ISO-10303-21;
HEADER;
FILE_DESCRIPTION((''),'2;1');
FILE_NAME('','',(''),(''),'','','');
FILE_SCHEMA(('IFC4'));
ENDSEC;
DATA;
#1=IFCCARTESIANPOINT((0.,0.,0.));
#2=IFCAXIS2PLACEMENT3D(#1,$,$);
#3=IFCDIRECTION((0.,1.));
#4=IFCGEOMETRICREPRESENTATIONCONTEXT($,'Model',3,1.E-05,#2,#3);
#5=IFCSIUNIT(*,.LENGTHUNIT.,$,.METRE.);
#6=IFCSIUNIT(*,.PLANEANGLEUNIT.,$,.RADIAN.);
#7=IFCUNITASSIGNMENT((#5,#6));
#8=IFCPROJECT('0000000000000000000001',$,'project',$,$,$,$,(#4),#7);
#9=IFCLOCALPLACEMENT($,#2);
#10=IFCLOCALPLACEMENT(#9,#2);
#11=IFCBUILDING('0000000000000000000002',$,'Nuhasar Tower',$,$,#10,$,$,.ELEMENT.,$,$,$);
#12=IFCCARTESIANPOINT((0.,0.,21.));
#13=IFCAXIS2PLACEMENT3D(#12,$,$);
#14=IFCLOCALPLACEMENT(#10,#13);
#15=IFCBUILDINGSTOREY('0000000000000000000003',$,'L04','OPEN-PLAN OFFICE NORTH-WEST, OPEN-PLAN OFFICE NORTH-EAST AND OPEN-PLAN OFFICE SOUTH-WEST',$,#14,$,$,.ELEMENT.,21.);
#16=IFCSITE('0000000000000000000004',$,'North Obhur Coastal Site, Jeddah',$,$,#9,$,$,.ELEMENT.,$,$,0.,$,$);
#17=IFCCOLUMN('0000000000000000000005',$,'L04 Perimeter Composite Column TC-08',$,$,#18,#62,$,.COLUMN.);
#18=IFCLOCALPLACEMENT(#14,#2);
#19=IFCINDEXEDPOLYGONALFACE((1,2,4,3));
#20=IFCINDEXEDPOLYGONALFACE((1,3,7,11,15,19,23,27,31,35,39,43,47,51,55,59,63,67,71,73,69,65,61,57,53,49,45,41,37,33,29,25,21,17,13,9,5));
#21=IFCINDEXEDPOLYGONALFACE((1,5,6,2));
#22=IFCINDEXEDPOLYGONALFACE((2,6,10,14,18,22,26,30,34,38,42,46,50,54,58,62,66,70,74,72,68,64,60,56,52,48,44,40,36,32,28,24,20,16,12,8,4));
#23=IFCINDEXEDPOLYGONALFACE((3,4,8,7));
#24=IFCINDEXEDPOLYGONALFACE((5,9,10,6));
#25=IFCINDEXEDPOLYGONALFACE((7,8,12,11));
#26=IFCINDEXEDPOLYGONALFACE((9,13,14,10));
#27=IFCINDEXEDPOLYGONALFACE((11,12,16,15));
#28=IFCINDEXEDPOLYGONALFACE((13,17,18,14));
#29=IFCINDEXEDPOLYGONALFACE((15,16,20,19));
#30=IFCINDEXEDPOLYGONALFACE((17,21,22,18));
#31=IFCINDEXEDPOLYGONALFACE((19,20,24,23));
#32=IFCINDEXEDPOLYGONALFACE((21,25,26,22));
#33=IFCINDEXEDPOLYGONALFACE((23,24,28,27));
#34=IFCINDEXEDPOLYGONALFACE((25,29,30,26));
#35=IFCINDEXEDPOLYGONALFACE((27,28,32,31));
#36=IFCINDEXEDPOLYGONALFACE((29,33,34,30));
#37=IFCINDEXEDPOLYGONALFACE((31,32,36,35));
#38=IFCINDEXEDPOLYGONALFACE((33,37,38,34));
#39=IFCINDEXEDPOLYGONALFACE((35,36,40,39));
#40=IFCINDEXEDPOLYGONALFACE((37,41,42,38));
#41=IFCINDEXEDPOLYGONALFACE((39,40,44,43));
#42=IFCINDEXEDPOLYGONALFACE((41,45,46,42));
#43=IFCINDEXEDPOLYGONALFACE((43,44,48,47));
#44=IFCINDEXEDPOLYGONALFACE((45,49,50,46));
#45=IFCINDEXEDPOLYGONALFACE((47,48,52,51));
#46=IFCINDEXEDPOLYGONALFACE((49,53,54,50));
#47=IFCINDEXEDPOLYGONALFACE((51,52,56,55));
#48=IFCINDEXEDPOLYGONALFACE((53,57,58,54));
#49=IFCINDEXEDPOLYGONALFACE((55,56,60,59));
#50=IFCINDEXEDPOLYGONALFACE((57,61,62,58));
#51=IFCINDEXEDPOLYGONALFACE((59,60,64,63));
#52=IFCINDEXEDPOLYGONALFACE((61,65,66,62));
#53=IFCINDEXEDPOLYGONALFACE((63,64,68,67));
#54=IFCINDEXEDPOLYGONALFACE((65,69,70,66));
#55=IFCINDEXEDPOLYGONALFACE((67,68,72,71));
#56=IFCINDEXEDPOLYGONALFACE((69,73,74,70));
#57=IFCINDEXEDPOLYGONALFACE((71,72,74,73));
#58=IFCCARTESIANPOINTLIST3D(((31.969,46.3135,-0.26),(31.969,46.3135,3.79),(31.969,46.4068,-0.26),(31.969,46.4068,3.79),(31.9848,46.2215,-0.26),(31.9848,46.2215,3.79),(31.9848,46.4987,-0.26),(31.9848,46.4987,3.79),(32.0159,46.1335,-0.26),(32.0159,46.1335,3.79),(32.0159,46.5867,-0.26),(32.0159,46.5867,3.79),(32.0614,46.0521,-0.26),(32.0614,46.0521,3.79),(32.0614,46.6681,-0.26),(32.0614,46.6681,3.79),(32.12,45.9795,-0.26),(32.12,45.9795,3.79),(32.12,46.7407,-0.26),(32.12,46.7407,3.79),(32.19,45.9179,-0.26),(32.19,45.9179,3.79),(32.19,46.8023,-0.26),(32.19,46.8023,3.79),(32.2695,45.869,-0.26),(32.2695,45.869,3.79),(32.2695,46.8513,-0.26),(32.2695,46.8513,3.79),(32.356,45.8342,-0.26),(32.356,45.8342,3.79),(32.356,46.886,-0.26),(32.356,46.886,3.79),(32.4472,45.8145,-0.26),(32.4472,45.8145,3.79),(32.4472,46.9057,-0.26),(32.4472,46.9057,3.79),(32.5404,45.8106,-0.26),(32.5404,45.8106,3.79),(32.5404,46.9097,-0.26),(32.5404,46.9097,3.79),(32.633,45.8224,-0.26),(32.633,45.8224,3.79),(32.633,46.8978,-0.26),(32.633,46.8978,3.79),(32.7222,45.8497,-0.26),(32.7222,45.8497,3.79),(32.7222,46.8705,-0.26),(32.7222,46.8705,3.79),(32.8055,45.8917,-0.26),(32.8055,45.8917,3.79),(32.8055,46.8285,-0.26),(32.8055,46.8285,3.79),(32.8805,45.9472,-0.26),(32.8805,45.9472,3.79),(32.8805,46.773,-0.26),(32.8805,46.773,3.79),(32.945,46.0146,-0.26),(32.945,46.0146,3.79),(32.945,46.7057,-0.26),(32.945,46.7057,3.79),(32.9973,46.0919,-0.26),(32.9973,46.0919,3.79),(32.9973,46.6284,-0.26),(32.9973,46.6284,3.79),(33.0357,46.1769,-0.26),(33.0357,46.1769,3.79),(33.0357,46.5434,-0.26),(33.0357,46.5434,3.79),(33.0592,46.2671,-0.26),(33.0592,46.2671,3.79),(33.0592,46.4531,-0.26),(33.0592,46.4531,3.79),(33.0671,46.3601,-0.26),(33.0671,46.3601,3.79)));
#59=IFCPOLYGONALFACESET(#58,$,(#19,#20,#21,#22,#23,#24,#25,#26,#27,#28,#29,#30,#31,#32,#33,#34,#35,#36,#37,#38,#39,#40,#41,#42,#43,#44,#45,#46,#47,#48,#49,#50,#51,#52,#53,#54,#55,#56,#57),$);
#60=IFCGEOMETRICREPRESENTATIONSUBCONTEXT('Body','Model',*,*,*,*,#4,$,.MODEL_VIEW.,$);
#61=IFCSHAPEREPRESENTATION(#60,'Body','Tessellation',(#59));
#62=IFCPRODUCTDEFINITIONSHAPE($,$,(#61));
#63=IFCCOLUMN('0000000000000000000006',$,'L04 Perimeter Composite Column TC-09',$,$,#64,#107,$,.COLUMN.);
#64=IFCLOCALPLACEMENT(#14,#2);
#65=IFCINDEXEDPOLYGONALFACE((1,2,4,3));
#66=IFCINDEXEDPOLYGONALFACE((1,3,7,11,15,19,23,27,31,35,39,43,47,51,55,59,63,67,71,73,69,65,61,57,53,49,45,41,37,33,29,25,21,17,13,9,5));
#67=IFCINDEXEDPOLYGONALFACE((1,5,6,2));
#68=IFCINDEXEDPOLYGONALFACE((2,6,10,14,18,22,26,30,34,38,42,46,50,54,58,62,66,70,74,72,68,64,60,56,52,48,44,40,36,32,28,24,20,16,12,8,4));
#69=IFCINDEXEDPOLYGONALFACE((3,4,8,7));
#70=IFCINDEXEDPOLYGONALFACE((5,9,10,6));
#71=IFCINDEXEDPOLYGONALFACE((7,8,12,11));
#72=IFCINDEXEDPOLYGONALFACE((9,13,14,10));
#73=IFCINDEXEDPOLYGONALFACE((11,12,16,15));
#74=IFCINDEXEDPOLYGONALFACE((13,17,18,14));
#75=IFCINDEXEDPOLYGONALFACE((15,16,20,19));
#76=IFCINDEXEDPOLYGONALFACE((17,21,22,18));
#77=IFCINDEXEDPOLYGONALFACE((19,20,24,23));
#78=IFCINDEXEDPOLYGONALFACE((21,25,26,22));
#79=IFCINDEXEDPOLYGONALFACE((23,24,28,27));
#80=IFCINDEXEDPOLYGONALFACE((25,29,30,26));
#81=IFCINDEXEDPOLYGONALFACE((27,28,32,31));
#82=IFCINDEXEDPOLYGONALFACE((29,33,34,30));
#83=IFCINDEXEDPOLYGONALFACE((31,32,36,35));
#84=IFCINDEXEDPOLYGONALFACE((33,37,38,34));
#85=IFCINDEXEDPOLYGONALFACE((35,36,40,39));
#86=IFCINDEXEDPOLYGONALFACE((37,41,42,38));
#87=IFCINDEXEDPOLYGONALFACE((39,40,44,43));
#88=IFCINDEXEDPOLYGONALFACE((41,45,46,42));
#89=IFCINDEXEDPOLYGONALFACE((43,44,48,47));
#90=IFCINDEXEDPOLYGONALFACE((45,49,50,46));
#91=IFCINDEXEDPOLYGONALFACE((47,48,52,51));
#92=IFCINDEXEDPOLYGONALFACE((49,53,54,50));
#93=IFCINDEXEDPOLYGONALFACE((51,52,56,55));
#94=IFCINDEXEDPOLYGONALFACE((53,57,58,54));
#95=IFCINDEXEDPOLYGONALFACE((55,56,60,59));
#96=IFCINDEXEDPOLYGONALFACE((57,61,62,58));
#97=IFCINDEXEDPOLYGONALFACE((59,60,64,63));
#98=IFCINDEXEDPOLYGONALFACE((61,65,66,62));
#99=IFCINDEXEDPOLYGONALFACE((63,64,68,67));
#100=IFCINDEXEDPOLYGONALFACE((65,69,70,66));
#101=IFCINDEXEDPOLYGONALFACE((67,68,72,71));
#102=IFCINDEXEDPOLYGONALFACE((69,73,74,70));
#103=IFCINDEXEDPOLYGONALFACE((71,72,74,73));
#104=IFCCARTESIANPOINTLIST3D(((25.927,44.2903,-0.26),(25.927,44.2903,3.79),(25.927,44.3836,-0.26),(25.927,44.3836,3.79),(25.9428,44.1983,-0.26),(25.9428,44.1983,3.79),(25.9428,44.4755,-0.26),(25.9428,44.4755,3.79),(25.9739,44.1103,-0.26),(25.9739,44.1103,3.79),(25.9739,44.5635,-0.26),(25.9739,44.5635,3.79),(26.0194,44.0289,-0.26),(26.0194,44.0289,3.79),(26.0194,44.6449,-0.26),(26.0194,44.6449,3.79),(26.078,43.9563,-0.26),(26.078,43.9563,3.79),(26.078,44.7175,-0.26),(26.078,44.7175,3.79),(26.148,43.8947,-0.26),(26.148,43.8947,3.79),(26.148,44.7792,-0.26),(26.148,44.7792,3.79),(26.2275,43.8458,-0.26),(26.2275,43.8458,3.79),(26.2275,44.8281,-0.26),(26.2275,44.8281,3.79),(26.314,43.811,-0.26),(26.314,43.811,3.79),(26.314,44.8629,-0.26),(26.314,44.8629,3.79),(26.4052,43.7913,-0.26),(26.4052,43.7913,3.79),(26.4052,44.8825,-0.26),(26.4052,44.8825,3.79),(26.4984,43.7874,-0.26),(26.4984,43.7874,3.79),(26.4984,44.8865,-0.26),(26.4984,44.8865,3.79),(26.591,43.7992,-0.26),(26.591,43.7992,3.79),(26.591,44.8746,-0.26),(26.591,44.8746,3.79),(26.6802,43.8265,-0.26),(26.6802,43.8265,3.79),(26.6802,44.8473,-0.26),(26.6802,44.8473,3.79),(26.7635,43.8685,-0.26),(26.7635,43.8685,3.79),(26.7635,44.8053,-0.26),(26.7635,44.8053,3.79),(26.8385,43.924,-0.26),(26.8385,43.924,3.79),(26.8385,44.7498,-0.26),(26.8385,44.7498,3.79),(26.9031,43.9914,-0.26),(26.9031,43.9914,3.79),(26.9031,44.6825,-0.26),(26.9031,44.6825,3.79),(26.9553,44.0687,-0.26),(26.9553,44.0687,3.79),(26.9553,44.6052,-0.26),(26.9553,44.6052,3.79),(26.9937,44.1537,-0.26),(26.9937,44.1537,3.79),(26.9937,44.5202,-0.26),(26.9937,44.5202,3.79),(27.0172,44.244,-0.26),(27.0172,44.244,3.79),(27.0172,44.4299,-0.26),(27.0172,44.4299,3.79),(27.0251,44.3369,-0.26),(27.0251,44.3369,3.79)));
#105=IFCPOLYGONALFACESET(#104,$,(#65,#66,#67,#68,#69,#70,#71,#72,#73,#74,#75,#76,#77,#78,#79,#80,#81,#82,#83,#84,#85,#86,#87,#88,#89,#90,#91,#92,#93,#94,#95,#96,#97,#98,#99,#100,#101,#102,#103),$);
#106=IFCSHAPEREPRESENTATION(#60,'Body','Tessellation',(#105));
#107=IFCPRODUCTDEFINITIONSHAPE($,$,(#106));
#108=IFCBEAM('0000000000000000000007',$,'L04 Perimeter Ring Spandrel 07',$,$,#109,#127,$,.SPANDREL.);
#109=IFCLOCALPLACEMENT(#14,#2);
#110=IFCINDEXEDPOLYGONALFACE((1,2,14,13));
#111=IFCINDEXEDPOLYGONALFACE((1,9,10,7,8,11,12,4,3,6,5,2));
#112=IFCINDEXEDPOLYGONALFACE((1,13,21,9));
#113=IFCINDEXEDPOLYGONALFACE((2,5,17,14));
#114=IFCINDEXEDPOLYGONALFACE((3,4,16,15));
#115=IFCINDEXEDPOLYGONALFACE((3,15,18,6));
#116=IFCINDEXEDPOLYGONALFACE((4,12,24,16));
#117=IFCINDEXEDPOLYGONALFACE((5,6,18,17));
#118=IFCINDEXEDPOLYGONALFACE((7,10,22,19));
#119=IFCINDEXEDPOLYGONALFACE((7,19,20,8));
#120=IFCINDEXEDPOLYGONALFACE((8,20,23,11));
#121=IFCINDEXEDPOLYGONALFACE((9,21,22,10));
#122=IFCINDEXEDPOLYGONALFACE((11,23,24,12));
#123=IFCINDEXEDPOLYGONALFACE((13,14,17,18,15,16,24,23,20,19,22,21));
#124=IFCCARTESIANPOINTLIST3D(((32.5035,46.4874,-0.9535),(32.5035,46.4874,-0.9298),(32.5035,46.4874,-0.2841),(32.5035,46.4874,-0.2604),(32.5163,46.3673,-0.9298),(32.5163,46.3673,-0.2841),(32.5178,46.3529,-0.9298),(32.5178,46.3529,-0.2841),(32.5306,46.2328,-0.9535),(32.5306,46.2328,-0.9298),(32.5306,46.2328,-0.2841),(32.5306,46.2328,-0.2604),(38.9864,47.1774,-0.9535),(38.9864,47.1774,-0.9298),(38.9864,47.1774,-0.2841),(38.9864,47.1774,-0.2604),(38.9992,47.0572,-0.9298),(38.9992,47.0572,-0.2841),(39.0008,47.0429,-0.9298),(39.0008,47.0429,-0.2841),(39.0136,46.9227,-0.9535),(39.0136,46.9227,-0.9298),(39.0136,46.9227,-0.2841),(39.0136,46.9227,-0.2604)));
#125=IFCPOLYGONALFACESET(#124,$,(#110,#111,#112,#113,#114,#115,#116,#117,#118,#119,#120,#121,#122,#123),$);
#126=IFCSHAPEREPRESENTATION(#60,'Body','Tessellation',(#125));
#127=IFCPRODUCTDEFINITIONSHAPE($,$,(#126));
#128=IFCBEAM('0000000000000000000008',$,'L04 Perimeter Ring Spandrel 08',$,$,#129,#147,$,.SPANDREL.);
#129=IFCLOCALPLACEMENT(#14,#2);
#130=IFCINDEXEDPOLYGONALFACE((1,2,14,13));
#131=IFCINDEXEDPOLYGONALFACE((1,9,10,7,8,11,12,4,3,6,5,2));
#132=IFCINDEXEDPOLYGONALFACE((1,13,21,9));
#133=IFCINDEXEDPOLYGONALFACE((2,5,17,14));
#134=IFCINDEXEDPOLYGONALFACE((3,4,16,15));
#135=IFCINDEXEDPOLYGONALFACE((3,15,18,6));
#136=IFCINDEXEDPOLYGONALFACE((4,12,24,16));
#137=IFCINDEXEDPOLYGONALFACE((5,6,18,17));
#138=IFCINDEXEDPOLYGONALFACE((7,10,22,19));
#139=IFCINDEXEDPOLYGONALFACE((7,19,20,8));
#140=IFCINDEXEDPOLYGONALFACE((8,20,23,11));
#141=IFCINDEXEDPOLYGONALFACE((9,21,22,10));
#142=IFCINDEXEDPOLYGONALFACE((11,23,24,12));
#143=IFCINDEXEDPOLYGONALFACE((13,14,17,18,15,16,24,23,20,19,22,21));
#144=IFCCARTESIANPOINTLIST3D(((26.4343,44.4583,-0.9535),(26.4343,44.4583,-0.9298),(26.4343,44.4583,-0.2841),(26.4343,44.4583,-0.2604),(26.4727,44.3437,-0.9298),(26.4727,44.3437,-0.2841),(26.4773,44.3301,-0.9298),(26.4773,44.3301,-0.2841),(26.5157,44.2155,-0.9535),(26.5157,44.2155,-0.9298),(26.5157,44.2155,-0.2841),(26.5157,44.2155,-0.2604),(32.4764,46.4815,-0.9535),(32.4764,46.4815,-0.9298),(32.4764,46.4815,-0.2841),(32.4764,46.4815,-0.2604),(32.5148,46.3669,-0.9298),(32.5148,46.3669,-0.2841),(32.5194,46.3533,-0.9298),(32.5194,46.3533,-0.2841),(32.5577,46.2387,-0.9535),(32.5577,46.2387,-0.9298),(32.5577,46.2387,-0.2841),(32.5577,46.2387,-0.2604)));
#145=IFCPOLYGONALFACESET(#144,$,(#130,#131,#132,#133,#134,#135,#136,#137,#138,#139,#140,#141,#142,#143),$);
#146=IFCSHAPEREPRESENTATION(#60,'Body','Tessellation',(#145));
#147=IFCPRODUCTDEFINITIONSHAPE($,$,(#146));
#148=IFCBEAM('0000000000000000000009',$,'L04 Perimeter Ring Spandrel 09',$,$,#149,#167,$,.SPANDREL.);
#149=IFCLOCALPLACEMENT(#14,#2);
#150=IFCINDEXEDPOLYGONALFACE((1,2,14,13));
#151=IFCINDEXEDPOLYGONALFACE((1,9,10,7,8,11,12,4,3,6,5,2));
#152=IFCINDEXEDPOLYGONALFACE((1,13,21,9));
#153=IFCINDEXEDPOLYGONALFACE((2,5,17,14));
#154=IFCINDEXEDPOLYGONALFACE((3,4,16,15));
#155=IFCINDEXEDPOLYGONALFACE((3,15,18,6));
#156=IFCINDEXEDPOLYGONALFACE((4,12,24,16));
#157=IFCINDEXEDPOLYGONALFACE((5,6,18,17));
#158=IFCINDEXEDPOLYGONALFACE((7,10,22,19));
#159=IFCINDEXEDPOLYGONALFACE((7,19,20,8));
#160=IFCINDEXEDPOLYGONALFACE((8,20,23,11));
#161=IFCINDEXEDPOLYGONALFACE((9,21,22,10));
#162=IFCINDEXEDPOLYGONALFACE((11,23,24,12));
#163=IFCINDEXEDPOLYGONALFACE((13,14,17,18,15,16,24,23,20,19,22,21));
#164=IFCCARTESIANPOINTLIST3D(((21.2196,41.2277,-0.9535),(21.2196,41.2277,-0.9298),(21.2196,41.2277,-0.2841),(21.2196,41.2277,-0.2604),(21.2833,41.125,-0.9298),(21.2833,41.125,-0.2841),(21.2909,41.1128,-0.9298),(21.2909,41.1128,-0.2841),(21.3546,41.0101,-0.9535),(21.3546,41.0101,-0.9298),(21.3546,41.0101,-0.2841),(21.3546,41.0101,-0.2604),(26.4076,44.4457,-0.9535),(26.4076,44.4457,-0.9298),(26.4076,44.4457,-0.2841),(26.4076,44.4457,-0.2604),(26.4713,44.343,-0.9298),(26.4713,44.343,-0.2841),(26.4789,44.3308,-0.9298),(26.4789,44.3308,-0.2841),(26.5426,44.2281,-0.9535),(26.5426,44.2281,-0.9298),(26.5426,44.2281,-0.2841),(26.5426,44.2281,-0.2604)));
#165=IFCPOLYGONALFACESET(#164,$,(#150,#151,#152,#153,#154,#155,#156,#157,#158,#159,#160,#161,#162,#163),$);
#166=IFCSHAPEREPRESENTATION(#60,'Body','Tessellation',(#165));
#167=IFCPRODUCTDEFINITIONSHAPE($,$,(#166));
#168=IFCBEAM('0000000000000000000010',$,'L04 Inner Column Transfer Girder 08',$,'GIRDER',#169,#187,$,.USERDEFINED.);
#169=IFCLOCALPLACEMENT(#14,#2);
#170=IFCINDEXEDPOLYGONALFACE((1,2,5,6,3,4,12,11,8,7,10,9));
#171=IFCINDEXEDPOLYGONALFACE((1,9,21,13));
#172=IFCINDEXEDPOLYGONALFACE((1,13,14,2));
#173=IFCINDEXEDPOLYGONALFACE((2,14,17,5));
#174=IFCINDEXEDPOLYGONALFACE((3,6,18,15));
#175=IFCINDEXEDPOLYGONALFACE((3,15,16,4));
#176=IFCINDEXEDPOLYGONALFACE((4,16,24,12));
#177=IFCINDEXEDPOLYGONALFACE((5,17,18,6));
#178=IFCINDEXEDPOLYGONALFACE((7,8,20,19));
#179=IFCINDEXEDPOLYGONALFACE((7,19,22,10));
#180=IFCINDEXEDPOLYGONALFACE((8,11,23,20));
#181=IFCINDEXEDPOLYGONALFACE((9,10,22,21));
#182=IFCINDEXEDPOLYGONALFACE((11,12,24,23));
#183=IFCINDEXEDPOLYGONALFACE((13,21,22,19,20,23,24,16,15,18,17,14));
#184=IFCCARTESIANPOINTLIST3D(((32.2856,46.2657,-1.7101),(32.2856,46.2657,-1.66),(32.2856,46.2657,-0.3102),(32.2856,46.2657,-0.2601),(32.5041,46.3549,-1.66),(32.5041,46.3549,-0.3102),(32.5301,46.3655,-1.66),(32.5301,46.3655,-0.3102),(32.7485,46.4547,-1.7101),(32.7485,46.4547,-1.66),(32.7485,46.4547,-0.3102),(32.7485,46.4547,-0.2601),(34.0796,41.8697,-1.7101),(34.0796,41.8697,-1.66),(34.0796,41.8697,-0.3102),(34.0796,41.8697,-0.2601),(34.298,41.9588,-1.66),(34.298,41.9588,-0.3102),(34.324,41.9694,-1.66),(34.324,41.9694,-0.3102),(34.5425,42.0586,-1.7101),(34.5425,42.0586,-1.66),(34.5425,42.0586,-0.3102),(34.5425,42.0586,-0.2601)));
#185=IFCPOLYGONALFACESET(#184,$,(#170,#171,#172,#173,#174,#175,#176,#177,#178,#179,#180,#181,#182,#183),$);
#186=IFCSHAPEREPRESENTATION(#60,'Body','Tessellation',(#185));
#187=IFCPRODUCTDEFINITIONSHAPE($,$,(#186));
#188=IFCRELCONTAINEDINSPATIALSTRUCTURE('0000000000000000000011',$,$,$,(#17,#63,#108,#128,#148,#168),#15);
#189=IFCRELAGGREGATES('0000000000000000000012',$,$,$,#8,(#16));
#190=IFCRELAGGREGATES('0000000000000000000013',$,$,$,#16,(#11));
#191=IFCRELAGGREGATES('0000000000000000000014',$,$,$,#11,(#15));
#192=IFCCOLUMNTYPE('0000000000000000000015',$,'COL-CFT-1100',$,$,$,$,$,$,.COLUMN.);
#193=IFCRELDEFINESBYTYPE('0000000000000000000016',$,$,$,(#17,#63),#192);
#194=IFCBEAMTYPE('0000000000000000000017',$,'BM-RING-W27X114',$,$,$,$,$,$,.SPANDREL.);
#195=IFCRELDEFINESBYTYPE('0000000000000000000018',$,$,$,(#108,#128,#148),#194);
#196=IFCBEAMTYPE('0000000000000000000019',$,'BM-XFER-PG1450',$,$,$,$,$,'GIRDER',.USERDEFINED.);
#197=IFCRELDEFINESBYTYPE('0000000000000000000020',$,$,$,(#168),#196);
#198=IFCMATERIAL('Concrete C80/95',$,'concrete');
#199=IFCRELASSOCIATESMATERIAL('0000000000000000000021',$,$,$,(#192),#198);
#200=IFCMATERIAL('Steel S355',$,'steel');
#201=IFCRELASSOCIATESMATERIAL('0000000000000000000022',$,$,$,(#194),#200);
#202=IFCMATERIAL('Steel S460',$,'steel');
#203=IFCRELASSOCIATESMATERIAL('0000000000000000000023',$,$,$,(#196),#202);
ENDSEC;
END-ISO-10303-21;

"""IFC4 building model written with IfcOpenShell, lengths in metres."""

from ifc_helpers import new_model, si_unit, direction, frame, origin, origin_2d, place, context, subcontext, project, spatial, circle, i_section, extrude, material, material_profile, profile_set, type_object, element, save


model = new_model("IFC4")

# Units and contexts
model_context = context("Model", 3, precision=1e-05, world=origin(), true_north=direction((0.0, 1.0)))
body_context = subcontext(model_context, "Body", "Model", "MODEL_VIEW")
ifc_project = project(units=[si_unit("LENGTHUNIT", "METRE"), si_unit("PLANEANGLEUNIT", "RADIAN")], contexts=[model_context])

# Site, building, storey
site_placement = place(None, origin())
site = spatial("IfcSite", under=ifc_project, at=site_placement, Name="North Obhur Coastal Site, Jeddah", CompositionType="ELEMENT", RefElevation=0.0)
building_placement = place(site_placement, origin())
building = spatial("IfcBuilding", under=site, at=building_placement, Name="Nuhasar Tower", CompositionType="ELEMENT")
storey_placement = place(building_placement, frame((0.0, 0.0, 21.0)))
storey = spatial("IfcBuildingStorey", under=building, at=storey_placement, Name="L04", Description="OPEN-PLAN OFFICE NORTH-WEST, OPEN-PLAN OFFICE NORTH-EAST AND OPEN-PLAN OFFICE SOUTH-WEST", CompositionType="ELEMENT", Elevation=21.0)

# Columns
ifc_material_1 = material(Name="Concrete C80/95", Category="concrete")
ifc_material_profile_1 = material_profile(ifc_material_1, circle(Radius=0.55, at=origin_2d()), Name="CFT1100")
ifc_profile_set_1 = profile_set([ifc_material_profile_1], Name="Concrete C80/95")
column_type = type_object("IfcColumnType", Name="COL-CFT-1100", PredefinedType="COLUMN", material=ifc_profile_set_1)
for number, where, z_axis, x_axis, name in (
    (1, (32.5171, 46.3601, -0.26), (0.0, 0.0, 1.0), (1.0, 0.0, 0.0), "L04 Perimeter Composite Column TC-08"),
    (2, (26.4751, 44.3369, -0.26), (0.0, 0.0, 1.0), (1.0, 0.0, 0.0), "L04 Perimeter Composite Column TC-09"),
):
    element("IfcColumn", number, at=place(storey_placement, frame(where, z_axis=z_axis, x_axis=x_axis)), inside=storey, type_object=column_type, Name=name, PredefinedType="COLUMN", context=body_context, shape_type="SweptSolid", body=[
        extrude(circle(Radius=0.55, at=origin_2d()), origin(), (0.0, 0.0, 1.0), 4.05),
    ])

# Beams
ifc_material_2 = material(Name="Steel S355", Category="steel")
ifc_material_profile_2 = material_profile(ifc_material_2, i_section(OverallWidth=0.2561, OverallDepth=0.6931, WebThickness=0.0144, FlangeThickness=0.0237, at=origin_2d()), Name="W27X114")
ifc_profile_set_2 = profile_set([ifc_material_profile_2], Name="Steel S355")
beam_type_1 = type_object("IfcBeamType", Name="BM-RING-W27X114", PredefinedType="SPANDREL", material=ifc_profile_set_2)
beam_1_placement = place(storey_placement, frame((39.0, 47.05, -0.6069), z_axis=(-0.994385, -0.105827, 0.0), x_axis=(0.105827, -0.994385, 0.0)))
element("IfcBeam", 3, at=beam_1_placement, inside=storey, type_object=beam_type_1, Name="L04 Perimeter Ring Spandrel 07", PredefinedType="SPANDREL", context=body_context, shape_type="SweptSolid", body=[
    extrude(i_section(OverallWidth=0.2561, OverallDepth=0.6931, WebThickness=0.0144, FlangeThickness=0.0237, at=origin_2d()), origin(), (0.0, 0.0, 1.0), 6.5195),
])
beam_2_placement = place(storey_placement, frame((32.5171, 46.3601, -0.6069), z_axis=(-0.948249, -0.317526, 0.0), x_axis=(0.317526, -0.948249, 0.0)))
element("IfcBeam", 4, at=beam_2_placement, inside=storey, type_object=beam_type_1, Name="L04 Perimeter Ring Spandrel 08", PredefinedType="SPANDREL", context=body_context, shape_type="SweptSolid", body=[
    extrude(i_section(OverallWidth=0.2561, OverallDepth=0.6931, WebThickness=0.0144, FlangeThickness=0.0237, at=origin_2d()), origin(), (0.0, 0.0, 1.0), 6.3718),
])
beam_3_placement = place(storey_placement, frame((26.4751, 44.3369, -0.6069), z_axis=(-0.849795, -0.527113, 0.0), x_axis=(0.527113, -0.849795, 0.0)))
element("IfcBeam", 5, at=beam_3_placement, inside=storey, type_object=beam_type_1, Name="L04 Perimeter Ring Spandrel 09", PredefinedType="SPANDREL", context=body_context, shape_type="SweptSolid", body=[
    extrude(i_section(OverallWidth=0.2561, OverallDepth=0.6931, WebThickness=0.0144, FlangeThickness=0.0237, at=origin_2d()), origin(), (0.0, 0.0, 1.0), 6.105),
])
ifc_material_3 = material(Name="Steel S460", Category="steel")
ifc_material_profile_3 = material_profile(ifc_material_3, i_section(OverallWidth=0.5, OverallDepth=1.45, WebThickness=0.0281, FlangeThickness=0.05, at=origin_2d()), Name="PG1450X500")
ifc_profile_set_3 = profile_set([ifc_material_profile_3], Name="Steel S460")
beam_type_2 = type_object("IfcBeamType", Name="BM-XFER-PG1450", ElementType="GIRDER", PredefinedType="USERDEFINED", material=ifc_profile_set_3)
beam_4_placement = place(storey_placement, frame((34.311, 41.9641, -0.9851), z_axis=(-0.377836, 0.925873, 0.0), x_axis=(-0.925873, -0.377836, 0.0)))
element("IfcBeam", 6, at=beam_4_placement, inside=storey, type_object=beam_type_2, Name="L04 Inner Column Transfer Girder 08", ObjectType="GIRDER", PredefinedType="USERDEFINED", context=body_context, shape_type="SweptSolid", body=[
    extrude(i_section(OverallWidth=0.5, OverallDepth=1.45, WebThickness=0.0281, FlangeThickness=0.05, at=origin_2d()), origin(), (0.0, 0.0, 1.0), 4.748),
])

save(model, "model.ifc")
